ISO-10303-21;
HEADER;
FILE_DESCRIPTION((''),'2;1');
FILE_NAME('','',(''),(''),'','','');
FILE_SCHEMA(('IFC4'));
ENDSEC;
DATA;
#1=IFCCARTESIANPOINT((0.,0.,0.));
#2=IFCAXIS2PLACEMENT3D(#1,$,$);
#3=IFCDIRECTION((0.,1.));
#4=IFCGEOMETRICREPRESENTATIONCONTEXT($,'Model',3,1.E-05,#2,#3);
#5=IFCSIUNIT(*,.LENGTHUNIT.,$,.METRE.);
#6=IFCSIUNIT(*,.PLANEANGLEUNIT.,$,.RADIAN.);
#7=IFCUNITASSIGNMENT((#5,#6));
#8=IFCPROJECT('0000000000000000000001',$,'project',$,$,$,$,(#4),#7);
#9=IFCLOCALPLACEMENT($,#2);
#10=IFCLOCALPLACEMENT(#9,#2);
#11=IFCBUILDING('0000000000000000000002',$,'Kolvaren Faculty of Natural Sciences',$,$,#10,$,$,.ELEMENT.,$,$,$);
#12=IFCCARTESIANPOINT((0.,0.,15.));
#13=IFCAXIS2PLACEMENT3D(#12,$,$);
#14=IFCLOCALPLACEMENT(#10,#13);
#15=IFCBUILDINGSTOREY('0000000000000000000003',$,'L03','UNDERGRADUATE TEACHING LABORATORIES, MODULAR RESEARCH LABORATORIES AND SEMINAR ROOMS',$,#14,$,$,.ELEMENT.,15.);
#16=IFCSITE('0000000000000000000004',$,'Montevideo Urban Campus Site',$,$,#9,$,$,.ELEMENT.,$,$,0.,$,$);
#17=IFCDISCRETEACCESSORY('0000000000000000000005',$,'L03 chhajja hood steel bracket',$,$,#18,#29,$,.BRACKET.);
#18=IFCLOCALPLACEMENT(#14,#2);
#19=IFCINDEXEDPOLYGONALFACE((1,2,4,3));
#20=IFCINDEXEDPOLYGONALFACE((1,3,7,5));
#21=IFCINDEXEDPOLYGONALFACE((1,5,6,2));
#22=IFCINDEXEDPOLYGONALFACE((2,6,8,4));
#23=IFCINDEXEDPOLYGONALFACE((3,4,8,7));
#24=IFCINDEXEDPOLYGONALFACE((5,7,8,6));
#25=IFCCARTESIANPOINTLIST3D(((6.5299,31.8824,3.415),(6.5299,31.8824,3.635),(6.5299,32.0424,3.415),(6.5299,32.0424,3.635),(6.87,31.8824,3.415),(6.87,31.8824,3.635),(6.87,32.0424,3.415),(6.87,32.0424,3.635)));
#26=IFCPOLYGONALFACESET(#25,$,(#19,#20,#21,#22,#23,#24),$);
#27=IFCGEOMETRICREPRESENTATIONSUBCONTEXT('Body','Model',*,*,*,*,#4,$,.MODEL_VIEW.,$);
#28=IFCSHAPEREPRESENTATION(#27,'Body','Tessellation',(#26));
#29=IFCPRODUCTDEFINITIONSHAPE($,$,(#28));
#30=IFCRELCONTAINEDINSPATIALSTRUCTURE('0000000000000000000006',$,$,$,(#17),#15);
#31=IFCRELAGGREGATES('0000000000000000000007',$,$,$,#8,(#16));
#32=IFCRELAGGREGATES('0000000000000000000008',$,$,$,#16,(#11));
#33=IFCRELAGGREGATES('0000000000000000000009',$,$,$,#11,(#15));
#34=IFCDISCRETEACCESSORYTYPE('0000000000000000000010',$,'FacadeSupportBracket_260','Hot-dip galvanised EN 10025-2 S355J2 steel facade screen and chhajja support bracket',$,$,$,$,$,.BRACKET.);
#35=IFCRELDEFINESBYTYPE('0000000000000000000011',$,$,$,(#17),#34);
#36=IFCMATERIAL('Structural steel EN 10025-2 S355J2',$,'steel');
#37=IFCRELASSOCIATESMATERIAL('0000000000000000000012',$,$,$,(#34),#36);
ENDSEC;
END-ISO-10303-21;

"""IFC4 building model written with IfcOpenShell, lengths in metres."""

from ifc_helpers import new_model, si_unit, direction, frame, origin, origin_2d, place, context, subcontext, project, spatial, rectangle, extrude, material, type_object, element, save


model = new_model("IFC4")

# Units and contexts
model_context = context("Model", 3, precision=1e-05, world=origin(), true_north=direction((0.0, 1.0)))
body_context = subcontext(model_context, "Body", "Model", "MODEL_VIEW")
ifc_project = project(units=[si_unit("LENGTHUNIT", "METRE"), si_unit("PLANEANGLEUNIT", "RADIAN")], contexts=[model_context])

# Site, building, storey
site_placement = place(None, origin())
site = spatial("IfcSite", under=ifc_project, at=site_placement, Name="Montevideo Urban Campus Site", CompositionType="ELEMENT", RefElevation=0.0)
building_placement = place(site_placement, origin())
building = spatial("IfcBuilding", under=site, at=building_placement, Name="Kolvaren Faculty of Natural Sciences", CompositionType="ELEMENT")
storey_placement = place(building_placement, frame((0.0, 0.0, 15.0)))
storey = spatial("IfcBuildingStorey", under=building, at=storey_placement, Name="L03", Description="UNDERGRADUATE TEACHING LABORATORIES, MODULAR RESEARCH LABORATORIES AND SEMINAR ROOMS", CompositionType="ELEMENT", Elevation=15.0)

# Discrete accessory
ifc_material_1 = material(Name="Structural steel EN 10025-2 S355J2", Category="steel")
discrete_accessory_type = type_object("IfcDiscreteAccessoryType", Name="FacadeSupportBracket_260", Description="Hot-dip galvanised EN 10025-2 S355J2 steel facade screen and chhajja support bracket", PredefinedType="BRACKET", material=ifc_material_1)
for number, where, z_axis, x_axis, name in (
    (1, (6.7, 31.9624, 3.415), (0.0, 0.0, 1.0), (0.0, 1.0, 0.0), "L03 chhajja hood steel bracket"),
):
    element("IfcDiscreteAccessory", number, at=place(storey_placement, frame(where, z_axis=z_axis, x_axis=x_axis)), inside=storey, type_object=discrete_accessory_type, Name=name, PredefinedType="BRACKET", context=body_context, shape_type="SweptSolid", body=[
        extrude(rectangle(XDim=0.1599, YDim=0.3401, at=origin_2d()), origin(), (0.0, 0.0, 1.0), 0.22),
    ])

save(model, "model.ifc")
